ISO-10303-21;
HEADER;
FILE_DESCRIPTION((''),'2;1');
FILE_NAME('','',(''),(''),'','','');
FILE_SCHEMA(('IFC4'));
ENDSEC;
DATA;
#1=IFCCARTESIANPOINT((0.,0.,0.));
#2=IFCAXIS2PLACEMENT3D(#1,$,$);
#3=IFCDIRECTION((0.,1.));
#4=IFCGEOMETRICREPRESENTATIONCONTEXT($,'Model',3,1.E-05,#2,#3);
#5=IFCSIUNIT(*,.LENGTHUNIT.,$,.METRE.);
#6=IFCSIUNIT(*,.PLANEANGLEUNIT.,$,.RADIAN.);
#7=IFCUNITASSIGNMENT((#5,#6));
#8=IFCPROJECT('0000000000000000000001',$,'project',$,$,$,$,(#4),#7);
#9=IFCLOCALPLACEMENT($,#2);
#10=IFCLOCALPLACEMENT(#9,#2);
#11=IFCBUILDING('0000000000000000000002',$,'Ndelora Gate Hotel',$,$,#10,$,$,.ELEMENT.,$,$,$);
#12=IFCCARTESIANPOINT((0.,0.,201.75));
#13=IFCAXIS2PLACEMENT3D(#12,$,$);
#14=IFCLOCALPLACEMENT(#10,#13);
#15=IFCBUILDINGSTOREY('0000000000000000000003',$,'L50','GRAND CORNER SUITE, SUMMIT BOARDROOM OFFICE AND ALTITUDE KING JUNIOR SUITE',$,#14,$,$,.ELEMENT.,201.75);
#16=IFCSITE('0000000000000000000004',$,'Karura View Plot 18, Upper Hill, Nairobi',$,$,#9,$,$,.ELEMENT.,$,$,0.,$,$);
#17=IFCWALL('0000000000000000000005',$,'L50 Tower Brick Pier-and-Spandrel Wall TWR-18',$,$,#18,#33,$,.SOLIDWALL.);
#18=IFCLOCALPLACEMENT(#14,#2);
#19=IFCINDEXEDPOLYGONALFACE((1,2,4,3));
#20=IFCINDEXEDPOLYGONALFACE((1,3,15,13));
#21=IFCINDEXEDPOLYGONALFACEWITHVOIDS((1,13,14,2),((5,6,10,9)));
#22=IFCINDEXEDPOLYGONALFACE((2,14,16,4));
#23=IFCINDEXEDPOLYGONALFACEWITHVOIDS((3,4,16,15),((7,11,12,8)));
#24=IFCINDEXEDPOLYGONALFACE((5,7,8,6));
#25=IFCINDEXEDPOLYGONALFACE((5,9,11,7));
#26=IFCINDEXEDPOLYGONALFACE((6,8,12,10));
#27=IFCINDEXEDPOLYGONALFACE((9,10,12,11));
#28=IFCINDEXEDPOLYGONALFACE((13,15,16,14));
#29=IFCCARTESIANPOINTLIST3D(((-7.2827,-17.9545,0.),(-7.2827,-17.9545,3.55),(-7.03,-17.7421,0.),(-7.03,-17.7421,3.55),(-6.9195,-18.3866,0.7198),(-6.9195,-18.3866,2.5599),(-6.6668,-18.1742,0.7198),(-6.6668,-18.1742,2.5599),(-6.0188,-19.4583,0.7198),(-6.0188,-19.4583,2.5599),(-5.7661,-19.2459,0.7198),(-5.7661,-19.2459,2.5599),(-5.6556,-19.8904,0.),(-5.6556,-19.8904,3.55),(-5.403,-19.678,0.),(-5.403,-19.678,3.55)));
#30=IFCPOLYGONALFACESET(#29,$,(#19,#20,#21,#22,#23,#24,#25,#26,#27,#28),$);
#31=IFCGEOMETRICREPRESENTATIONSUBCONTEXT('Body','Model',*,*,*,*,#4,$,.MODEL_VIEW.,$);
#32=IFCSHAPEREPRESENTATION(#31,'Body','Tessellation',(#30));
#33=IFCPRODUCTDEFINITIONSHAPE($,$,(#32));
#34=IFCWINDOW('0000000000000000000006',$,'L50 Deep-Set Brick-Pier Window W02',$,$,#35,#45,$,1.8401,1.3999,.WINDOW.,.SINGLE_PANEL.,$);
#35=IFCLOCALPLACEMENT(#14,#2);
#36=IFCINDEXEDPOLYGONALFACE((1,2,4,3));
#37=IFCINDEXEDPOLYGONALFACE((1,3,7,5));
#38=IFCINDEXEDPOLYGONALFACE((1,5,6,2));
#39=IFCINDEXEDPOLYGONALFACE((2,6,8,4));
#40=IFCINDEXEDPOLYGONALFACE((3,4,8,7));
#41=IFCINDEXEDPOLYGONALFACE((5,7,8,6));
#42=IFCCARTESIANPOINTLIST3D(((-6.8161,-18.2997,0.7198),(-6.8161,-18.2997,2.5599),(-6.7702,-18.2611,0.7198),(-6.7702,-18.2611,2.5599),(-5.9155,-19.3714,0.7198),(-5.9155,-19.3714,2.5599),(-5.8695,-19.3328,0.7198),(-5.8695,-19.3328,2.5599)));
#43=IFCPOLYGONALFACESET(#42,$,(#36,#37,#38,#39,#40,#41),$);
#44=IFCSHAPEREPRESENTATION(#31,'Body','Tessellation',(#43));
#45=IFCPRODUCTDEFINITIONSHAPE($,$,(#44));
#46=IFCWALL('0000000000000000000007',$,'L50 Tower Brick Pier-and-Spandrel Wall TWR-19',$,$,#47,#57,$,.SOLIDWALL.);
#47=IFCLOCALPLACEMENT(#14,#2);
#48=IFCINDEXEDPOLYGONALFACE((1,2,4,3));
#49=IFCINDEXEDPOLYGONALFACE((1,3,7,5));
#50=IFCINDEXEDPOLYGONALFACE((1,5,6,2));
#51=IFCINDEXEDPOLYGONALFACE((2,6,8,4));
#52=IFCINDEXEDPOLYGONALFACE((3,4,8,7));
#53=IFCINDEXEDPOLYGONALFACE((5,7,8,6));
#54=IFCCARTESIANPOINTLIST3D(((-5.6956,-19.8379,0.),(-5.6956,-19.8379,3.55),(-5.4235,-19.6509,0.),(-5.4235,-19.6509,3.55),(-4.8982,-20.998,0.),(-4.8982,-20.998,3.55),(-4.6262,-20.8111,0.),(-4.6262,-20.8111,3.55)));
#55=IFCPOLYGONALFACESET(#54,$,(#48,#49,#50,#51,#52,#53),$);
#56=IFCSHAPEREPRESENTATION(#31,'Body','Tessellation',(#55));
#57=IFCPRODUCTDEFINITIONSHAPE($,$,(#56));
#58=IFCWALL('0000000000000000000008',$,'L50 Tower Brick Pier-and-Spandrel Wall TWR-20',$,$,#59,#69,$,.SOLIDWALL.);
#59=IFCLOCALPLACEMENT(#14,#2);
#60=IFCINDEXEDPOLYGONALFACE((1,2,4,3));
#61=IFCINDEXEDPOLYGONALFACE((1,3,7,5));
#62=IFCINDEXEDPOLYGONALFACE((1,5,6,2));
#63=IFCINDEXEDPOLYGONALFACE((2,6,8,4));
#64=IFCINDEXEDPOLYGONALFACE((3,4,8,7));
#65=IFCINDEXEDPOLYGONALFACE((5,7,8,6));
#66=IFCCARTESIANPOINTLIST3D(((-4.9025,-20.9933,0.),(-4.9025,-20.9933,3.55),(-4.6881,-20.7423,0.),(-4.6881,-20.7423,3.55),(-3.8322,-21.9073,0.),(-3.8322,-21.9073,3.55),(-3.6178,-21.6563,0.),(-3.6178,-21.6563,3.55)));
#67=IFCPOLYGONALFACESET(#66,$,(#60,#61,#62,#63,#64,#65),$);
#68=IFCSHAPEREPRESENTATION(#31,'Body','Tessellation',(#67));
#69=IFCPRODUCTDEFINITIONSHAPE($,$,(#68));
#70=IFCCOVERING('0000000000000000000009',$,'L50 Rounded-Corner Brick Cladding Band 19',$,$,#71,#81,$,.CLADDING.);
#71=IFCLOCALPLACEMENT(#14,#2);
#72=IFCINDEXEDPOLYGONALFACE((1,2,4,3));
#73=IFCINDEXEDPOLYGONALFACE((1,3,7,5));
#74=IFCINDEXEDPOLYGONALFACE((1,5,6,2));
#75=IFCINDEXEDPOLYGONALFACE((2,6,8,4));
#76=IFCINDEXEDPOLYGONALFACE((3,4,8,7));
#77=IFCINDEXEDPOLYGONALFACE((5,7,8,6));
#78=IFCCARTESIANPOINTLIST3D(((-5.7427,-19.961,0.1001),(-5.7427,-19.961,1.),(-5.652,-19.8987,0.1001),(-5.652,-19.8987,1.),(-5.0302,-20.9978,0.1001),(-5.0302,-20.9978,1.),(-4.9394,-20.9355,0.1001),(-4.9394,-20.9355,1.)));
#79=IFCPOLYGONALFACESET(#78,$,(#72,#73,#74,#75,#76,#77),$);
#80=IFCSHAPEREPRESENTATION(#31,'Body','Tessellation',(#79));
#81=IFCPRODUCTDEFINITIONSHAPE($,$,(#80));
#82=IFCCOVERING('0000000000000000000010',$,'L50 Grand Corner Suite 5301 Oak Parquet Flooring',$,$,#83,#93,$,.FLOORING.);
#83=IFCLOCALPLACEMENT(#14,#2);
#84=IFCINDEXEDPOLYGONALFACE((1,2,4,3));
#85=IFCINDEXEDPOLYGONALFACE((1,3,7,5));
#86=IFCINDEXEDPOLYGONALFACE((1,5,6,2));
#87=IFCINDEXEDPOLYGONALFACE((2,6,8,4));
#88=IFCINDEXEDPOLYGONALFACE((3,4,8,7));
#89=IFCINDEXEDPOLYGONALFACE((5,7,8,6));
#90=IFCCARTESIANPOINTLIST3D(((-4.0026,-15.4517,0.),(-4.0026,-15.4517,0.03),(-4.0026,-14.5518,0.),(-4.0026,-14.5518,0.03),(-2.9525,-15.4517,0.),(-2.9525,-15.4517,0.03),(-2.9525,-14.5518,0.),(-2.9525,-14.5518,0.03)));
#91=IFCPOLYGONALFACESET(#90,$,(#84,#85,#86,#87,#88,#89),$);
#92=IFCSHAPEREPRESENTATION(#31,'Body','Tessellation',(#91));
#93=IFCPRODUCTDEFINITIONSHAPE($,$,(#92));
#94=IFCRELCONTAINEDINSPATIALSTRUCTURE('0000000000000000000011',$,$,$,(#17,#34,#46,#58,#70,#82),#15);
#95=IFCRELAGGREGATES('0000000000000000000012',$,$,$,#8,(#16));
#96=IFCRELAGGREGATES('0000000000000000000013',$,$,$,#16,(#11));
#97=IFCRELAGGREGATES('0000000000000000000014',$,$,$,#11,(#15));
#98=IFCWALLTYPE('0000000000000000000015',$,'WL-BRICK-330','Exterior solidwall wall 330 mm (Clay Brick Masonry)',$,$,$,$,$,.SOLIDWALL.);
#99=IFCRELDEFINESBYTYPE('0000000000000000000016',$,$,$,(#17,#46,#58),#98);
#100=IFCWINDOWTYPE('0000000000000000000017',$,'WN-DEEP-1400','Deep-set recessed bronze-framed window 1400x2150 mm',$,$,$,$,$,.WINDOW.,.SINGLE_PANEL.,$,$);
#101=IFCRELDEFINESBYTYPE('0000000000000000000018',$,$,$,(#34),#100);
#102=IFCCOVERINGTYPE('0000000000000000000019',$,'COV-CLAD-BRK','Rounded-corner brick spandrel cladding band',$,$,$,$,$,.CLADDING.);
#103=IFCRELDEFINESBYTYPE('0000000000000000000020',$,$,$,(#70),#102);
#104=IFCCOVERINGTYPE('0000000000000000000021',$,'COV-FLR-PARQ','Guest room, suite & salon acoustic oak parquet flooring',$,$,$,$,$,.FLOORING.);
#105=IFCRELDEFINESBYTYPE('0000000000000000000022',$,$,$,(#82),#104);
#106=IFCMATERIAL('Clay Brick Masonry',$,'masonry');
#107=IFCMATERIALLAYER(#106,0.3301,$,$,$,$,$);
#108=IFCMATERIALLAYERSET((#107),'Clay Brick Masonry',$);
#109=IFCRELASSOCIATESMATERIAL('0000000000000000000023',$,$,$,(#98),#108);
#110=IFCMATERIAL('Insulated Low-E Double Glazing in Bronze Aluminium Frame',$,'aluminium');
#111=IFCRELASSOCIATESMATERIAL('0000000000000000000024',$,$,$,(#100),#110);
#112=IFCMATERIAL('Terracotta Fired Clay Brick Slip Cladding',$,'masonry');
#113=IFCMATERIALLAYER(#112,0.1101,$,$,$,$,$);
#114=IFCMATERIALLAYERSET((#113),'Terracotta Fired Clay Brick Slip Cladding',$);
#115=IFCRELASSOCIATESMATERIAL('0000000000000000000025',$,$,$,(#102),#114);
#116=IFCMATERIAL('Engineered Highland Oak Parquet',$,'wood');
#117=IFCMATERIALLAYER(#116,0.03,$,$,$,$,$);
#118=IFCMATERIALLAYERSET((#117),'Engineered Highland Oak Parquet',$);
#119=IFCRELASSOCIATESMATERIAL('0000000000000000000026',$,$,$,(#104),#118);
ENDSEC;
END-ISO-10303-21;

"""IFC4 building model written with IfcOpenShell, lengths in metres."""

from ifc_helpers import new_model, si_unit, direction, frame, frame_2d, origin, origin_2d, place, context, subcontext, project, spatial, rectangle, extrude, material, layer, layer_set, type_object, element, fill, save


model = new_model("IFC4")

# Units and contexts
model_context = context("Model", 3, precision=1e-05, world=origin(), true_north=direction((0.0, 1.0)))
body_context = subcontext(model_context, "Body", "Model", "MODEL_VIEW")
ifc_project = project(units=[si_unit("LENGTHUNIT", "METRE"), si_unit("PLANEANGLEUNIT", "RADIAN")], contexts=[model_context])

# Site, building, storey
site_placement = place(None, origin())
site = spatial("IfcSite", under=ifc_project, at=site_placement, Name="Karura View Plot 18, Upper Hill, Nairobi", CompositionType="ELEMENT", RefElevation=0.0)
building_placement = place(site_placement, origin())
building = spatial("IfcBuilding", under=site, at=building_placement, Name="Ndelora Gate Hotel", CompositionType="ELEMENT")
storey_placement = place(building_placement, frame((0.0, 0.0, 201.75)))
storey = spatial("IfcBuildingStorey", under=building, at=storey_placement, Name="L50", Description="GRAND CORNER SUITE, SUMMIT BOARDROOM OFFICE AND ALTITUDE KING JUNIOR SUITE", CompositionType="ELEMENT", Elevation=201.75)

# Wall, opening, window
ifc_material_1 = material(Name="Clay Brick Masonry", Category="masonry")
ifc_layer_1 = layer(ifc_material_1, 0.3301)
ifc_layer_set_1 = layer_set([ifc_layer_1], Name="Clay Brick Masonry")
wall_type = type_object("IfcWallType", Name="WL-BRICK-330", Description="Exterior solidwall wall 330 mm (Clay Brick Masonry)", PredefinedType="SOLIDWALL", material=ifc_layer_set_1)
ifc_material_2 = material(Name="Insulated Low-E Double Glazing in Bronze Aluminium Frame", Category="aluminium")
window_type = type_object("IfcWindowType", Name="WN-DEEP-1400", Description="Deep-set recessed bronze-framed window 1400x2150 mm", PartitioningType="SINGLE_PANEL", PredefinedType="WINDOW", material=ifc_material_2)
wall_1_placement = place(storey_placement, frame((-5.5293, -19.7842, 0.0), z_axis=(0.0, 0.0, 1.0), x_axis=(-0.643398, 0.765532, 0.0)))
wall_1 = element("IfcWall", 1, at=wall_1_placement, inside=storey, type_object=wall_type, Name="L50 Tower Brick Pier-and-Spandrel Wall TWR-18", PredefinedType="SOLIDWALL", context=body_context, shape_type="SweptSolid", body=[
    extrude(rectangle(XDim=2.5288, YDim=0.3301, at=frame_2d((1.2644, 0.0))), origin(), (0.0, 0.0, 1.0), 3.55),
])
opening_1_placement = place(wall_1_placement, frame((0.5645, 0.0, 0.72)))
opening_1 = element("IfcOpeningElement", 2, at=opening_1_placement, cuts=wall_1, PredefinedType="OPENING", context=body_context, shape_type="SweptSolid", body=[
    extrude(rectangle(XDim=1.3999, YDim=1.8401, at=frame_2d((0.7, 0.9199))), frame((0.0, 0.175, 0.0), z_axis=(0.0, -1.0, 0.0), x_axis=(1.0, 0.0, 0.0)), (0.0, 0.0, 1.0), 0.3501),
])
window_1_placement = place(opening_1_placement, origin())
window_1 = element("IfcWindow", 3, at=window_1_placement, inside=storey, type_object=window_type, Name="L50 Deep-Set Brick-Pier Window W02", OverallHeight=1.8401, OverallWidth=1.3999, PartitioningType="SINGLE_PANEL", PredefinedType="WINDOW", context=body_context, shape_type="SweptSolid", body=[
    extrude(rectangle(XDim=1.3999, YDim=1.8401, at=frame_2d((0.7, 0.9199))), frame((0.0, 0.03, 0.0), z_axis=(0.0, -1.0, 0.0), x_axis=(1.0, 0.0, 0.0)), (0.0, 0.0, 1.0), 0.0601),
])
fill(opening_1, window_1)

# Walls
wall_2_placement = place(storey_placement, frame((-4.7622, -20.9045, 0.0), z_axis=(0.0, 0.0, 1.0), x_axis=(-0.566411, 0.824123, 0.0)))
element("IfcWall", 4, at=wall_2_placement, inside=storey, type_object=wall_type, Name="L50 Tower Brick Pier-and-Spandrel Wall TWR-19", PredefinedType="SOLIDWALL", context=body_context, shape_type="SweptSolid", body=[
    extrude(rectangle(XDim=1.4077, YDim=0.3301, at=frame_2d((0.7039, 0.0))), origin(), (0.0, 0.0, 1.0), 3.55),
])
wall_3_placement = place(storey_placement, frame((-3.7251, -21.7817, 0.0), z_axis=(0.0, 0.0, 1.0), x_axis=(-0.760431, 0.649419, 0.0)))
element("IfcWall", 5, at=wall_3_placement, inside=storey, type_object=wall_type, Name="L50 Tower Brick Pier-and-Spandrel Wall TWR-20", PredefinedType="SOLIDWALL", context=body_context, shape_type="SweptSolid", body=[
    extrude(rectangle(XDim=1.4075, YDim=0.3301, at=frame_2d((0.7036, 0.0))), origin(), (0.0, 0.0, 1.0), 3.55),
])

# Coverings
ifc_material_3 = material(Name="Terracotta Fired Clay Brick Slip Cladding", Category="masonry")
ifc_layer_2 = layer(ifc_material_3, 0.1101)
ifc_layer_set_2 = layer_set([ifc_layer_2], Name="Terracotta Fired Clay Brick Slip Cladding")
covering_type_1 = type_object("IfcCoveringType", Name="COV-CLAD-BRK", Description="Rounded-corner brick spandrel cladding band", PredefinedType="CLADDING", material=ifc_layer_set_2)
covering_1_placement = place(storey_placement, frame((-5.3411, -20.4482, 0.1001), z_axis=(0.0, 0.0, 1.0), x_axis=(-0.566406, 0.824126, 0.0)))
element("IfcCovering", 6, at=covering_1_placement, inside=storey, type_object=covering_type_1, Name="L50 Rounded-Corner Brick Cladding Band 19", PredefinedType="CLADDING", context=body_context, shape_type="SweptSolid", body=[
    extrude(rectangle(XDim=1.2581, YDim=0.1101, at=origin_2d()), origin(), (0.0, 0.0, 1.0), 0.8999),
])
ifc_material_4 = material(Name="Engineered Highland Oak Parquet", Category="wood")
ifc_layer_3 = layer(ifc_material_4, 0.03)
ifc_layer_set_3 = layer_set([ifc_layer_3], Name="Engineered Highland Oak Parquet")
covering_type_2 = type_object("IfcCoveringType", Name="COV-FLR-PARQ", Description="Guest room, suite & salon acoustic oak parquet flooring", PredefinedType="FLOORING", material=ifc_layer_set_3)
covering_2_placement = place(storey_placement, frame((-3.4775, -15.0017, 0.0), z_axis=(0.0, 0.0, 1.0), x_axis=(1.0, 0.0, 0.0)))
element("IfcCovering", 7, at=covering_2_placement, inside=storey, type_object=covering_type_2, Name="L50 Grand Corner Suite 5301 Oak Parquet Flooring", PredefinedType="FLOORING", context=body_context, shape_type="SweptSolid", body=[
    extrude(rectangle(XDim=1.05, YDim=0.8999, at=origin_2d()), origin(), (0.0, 0.0, 1.0), 0.03),
])

save(model, "model.ifc")
